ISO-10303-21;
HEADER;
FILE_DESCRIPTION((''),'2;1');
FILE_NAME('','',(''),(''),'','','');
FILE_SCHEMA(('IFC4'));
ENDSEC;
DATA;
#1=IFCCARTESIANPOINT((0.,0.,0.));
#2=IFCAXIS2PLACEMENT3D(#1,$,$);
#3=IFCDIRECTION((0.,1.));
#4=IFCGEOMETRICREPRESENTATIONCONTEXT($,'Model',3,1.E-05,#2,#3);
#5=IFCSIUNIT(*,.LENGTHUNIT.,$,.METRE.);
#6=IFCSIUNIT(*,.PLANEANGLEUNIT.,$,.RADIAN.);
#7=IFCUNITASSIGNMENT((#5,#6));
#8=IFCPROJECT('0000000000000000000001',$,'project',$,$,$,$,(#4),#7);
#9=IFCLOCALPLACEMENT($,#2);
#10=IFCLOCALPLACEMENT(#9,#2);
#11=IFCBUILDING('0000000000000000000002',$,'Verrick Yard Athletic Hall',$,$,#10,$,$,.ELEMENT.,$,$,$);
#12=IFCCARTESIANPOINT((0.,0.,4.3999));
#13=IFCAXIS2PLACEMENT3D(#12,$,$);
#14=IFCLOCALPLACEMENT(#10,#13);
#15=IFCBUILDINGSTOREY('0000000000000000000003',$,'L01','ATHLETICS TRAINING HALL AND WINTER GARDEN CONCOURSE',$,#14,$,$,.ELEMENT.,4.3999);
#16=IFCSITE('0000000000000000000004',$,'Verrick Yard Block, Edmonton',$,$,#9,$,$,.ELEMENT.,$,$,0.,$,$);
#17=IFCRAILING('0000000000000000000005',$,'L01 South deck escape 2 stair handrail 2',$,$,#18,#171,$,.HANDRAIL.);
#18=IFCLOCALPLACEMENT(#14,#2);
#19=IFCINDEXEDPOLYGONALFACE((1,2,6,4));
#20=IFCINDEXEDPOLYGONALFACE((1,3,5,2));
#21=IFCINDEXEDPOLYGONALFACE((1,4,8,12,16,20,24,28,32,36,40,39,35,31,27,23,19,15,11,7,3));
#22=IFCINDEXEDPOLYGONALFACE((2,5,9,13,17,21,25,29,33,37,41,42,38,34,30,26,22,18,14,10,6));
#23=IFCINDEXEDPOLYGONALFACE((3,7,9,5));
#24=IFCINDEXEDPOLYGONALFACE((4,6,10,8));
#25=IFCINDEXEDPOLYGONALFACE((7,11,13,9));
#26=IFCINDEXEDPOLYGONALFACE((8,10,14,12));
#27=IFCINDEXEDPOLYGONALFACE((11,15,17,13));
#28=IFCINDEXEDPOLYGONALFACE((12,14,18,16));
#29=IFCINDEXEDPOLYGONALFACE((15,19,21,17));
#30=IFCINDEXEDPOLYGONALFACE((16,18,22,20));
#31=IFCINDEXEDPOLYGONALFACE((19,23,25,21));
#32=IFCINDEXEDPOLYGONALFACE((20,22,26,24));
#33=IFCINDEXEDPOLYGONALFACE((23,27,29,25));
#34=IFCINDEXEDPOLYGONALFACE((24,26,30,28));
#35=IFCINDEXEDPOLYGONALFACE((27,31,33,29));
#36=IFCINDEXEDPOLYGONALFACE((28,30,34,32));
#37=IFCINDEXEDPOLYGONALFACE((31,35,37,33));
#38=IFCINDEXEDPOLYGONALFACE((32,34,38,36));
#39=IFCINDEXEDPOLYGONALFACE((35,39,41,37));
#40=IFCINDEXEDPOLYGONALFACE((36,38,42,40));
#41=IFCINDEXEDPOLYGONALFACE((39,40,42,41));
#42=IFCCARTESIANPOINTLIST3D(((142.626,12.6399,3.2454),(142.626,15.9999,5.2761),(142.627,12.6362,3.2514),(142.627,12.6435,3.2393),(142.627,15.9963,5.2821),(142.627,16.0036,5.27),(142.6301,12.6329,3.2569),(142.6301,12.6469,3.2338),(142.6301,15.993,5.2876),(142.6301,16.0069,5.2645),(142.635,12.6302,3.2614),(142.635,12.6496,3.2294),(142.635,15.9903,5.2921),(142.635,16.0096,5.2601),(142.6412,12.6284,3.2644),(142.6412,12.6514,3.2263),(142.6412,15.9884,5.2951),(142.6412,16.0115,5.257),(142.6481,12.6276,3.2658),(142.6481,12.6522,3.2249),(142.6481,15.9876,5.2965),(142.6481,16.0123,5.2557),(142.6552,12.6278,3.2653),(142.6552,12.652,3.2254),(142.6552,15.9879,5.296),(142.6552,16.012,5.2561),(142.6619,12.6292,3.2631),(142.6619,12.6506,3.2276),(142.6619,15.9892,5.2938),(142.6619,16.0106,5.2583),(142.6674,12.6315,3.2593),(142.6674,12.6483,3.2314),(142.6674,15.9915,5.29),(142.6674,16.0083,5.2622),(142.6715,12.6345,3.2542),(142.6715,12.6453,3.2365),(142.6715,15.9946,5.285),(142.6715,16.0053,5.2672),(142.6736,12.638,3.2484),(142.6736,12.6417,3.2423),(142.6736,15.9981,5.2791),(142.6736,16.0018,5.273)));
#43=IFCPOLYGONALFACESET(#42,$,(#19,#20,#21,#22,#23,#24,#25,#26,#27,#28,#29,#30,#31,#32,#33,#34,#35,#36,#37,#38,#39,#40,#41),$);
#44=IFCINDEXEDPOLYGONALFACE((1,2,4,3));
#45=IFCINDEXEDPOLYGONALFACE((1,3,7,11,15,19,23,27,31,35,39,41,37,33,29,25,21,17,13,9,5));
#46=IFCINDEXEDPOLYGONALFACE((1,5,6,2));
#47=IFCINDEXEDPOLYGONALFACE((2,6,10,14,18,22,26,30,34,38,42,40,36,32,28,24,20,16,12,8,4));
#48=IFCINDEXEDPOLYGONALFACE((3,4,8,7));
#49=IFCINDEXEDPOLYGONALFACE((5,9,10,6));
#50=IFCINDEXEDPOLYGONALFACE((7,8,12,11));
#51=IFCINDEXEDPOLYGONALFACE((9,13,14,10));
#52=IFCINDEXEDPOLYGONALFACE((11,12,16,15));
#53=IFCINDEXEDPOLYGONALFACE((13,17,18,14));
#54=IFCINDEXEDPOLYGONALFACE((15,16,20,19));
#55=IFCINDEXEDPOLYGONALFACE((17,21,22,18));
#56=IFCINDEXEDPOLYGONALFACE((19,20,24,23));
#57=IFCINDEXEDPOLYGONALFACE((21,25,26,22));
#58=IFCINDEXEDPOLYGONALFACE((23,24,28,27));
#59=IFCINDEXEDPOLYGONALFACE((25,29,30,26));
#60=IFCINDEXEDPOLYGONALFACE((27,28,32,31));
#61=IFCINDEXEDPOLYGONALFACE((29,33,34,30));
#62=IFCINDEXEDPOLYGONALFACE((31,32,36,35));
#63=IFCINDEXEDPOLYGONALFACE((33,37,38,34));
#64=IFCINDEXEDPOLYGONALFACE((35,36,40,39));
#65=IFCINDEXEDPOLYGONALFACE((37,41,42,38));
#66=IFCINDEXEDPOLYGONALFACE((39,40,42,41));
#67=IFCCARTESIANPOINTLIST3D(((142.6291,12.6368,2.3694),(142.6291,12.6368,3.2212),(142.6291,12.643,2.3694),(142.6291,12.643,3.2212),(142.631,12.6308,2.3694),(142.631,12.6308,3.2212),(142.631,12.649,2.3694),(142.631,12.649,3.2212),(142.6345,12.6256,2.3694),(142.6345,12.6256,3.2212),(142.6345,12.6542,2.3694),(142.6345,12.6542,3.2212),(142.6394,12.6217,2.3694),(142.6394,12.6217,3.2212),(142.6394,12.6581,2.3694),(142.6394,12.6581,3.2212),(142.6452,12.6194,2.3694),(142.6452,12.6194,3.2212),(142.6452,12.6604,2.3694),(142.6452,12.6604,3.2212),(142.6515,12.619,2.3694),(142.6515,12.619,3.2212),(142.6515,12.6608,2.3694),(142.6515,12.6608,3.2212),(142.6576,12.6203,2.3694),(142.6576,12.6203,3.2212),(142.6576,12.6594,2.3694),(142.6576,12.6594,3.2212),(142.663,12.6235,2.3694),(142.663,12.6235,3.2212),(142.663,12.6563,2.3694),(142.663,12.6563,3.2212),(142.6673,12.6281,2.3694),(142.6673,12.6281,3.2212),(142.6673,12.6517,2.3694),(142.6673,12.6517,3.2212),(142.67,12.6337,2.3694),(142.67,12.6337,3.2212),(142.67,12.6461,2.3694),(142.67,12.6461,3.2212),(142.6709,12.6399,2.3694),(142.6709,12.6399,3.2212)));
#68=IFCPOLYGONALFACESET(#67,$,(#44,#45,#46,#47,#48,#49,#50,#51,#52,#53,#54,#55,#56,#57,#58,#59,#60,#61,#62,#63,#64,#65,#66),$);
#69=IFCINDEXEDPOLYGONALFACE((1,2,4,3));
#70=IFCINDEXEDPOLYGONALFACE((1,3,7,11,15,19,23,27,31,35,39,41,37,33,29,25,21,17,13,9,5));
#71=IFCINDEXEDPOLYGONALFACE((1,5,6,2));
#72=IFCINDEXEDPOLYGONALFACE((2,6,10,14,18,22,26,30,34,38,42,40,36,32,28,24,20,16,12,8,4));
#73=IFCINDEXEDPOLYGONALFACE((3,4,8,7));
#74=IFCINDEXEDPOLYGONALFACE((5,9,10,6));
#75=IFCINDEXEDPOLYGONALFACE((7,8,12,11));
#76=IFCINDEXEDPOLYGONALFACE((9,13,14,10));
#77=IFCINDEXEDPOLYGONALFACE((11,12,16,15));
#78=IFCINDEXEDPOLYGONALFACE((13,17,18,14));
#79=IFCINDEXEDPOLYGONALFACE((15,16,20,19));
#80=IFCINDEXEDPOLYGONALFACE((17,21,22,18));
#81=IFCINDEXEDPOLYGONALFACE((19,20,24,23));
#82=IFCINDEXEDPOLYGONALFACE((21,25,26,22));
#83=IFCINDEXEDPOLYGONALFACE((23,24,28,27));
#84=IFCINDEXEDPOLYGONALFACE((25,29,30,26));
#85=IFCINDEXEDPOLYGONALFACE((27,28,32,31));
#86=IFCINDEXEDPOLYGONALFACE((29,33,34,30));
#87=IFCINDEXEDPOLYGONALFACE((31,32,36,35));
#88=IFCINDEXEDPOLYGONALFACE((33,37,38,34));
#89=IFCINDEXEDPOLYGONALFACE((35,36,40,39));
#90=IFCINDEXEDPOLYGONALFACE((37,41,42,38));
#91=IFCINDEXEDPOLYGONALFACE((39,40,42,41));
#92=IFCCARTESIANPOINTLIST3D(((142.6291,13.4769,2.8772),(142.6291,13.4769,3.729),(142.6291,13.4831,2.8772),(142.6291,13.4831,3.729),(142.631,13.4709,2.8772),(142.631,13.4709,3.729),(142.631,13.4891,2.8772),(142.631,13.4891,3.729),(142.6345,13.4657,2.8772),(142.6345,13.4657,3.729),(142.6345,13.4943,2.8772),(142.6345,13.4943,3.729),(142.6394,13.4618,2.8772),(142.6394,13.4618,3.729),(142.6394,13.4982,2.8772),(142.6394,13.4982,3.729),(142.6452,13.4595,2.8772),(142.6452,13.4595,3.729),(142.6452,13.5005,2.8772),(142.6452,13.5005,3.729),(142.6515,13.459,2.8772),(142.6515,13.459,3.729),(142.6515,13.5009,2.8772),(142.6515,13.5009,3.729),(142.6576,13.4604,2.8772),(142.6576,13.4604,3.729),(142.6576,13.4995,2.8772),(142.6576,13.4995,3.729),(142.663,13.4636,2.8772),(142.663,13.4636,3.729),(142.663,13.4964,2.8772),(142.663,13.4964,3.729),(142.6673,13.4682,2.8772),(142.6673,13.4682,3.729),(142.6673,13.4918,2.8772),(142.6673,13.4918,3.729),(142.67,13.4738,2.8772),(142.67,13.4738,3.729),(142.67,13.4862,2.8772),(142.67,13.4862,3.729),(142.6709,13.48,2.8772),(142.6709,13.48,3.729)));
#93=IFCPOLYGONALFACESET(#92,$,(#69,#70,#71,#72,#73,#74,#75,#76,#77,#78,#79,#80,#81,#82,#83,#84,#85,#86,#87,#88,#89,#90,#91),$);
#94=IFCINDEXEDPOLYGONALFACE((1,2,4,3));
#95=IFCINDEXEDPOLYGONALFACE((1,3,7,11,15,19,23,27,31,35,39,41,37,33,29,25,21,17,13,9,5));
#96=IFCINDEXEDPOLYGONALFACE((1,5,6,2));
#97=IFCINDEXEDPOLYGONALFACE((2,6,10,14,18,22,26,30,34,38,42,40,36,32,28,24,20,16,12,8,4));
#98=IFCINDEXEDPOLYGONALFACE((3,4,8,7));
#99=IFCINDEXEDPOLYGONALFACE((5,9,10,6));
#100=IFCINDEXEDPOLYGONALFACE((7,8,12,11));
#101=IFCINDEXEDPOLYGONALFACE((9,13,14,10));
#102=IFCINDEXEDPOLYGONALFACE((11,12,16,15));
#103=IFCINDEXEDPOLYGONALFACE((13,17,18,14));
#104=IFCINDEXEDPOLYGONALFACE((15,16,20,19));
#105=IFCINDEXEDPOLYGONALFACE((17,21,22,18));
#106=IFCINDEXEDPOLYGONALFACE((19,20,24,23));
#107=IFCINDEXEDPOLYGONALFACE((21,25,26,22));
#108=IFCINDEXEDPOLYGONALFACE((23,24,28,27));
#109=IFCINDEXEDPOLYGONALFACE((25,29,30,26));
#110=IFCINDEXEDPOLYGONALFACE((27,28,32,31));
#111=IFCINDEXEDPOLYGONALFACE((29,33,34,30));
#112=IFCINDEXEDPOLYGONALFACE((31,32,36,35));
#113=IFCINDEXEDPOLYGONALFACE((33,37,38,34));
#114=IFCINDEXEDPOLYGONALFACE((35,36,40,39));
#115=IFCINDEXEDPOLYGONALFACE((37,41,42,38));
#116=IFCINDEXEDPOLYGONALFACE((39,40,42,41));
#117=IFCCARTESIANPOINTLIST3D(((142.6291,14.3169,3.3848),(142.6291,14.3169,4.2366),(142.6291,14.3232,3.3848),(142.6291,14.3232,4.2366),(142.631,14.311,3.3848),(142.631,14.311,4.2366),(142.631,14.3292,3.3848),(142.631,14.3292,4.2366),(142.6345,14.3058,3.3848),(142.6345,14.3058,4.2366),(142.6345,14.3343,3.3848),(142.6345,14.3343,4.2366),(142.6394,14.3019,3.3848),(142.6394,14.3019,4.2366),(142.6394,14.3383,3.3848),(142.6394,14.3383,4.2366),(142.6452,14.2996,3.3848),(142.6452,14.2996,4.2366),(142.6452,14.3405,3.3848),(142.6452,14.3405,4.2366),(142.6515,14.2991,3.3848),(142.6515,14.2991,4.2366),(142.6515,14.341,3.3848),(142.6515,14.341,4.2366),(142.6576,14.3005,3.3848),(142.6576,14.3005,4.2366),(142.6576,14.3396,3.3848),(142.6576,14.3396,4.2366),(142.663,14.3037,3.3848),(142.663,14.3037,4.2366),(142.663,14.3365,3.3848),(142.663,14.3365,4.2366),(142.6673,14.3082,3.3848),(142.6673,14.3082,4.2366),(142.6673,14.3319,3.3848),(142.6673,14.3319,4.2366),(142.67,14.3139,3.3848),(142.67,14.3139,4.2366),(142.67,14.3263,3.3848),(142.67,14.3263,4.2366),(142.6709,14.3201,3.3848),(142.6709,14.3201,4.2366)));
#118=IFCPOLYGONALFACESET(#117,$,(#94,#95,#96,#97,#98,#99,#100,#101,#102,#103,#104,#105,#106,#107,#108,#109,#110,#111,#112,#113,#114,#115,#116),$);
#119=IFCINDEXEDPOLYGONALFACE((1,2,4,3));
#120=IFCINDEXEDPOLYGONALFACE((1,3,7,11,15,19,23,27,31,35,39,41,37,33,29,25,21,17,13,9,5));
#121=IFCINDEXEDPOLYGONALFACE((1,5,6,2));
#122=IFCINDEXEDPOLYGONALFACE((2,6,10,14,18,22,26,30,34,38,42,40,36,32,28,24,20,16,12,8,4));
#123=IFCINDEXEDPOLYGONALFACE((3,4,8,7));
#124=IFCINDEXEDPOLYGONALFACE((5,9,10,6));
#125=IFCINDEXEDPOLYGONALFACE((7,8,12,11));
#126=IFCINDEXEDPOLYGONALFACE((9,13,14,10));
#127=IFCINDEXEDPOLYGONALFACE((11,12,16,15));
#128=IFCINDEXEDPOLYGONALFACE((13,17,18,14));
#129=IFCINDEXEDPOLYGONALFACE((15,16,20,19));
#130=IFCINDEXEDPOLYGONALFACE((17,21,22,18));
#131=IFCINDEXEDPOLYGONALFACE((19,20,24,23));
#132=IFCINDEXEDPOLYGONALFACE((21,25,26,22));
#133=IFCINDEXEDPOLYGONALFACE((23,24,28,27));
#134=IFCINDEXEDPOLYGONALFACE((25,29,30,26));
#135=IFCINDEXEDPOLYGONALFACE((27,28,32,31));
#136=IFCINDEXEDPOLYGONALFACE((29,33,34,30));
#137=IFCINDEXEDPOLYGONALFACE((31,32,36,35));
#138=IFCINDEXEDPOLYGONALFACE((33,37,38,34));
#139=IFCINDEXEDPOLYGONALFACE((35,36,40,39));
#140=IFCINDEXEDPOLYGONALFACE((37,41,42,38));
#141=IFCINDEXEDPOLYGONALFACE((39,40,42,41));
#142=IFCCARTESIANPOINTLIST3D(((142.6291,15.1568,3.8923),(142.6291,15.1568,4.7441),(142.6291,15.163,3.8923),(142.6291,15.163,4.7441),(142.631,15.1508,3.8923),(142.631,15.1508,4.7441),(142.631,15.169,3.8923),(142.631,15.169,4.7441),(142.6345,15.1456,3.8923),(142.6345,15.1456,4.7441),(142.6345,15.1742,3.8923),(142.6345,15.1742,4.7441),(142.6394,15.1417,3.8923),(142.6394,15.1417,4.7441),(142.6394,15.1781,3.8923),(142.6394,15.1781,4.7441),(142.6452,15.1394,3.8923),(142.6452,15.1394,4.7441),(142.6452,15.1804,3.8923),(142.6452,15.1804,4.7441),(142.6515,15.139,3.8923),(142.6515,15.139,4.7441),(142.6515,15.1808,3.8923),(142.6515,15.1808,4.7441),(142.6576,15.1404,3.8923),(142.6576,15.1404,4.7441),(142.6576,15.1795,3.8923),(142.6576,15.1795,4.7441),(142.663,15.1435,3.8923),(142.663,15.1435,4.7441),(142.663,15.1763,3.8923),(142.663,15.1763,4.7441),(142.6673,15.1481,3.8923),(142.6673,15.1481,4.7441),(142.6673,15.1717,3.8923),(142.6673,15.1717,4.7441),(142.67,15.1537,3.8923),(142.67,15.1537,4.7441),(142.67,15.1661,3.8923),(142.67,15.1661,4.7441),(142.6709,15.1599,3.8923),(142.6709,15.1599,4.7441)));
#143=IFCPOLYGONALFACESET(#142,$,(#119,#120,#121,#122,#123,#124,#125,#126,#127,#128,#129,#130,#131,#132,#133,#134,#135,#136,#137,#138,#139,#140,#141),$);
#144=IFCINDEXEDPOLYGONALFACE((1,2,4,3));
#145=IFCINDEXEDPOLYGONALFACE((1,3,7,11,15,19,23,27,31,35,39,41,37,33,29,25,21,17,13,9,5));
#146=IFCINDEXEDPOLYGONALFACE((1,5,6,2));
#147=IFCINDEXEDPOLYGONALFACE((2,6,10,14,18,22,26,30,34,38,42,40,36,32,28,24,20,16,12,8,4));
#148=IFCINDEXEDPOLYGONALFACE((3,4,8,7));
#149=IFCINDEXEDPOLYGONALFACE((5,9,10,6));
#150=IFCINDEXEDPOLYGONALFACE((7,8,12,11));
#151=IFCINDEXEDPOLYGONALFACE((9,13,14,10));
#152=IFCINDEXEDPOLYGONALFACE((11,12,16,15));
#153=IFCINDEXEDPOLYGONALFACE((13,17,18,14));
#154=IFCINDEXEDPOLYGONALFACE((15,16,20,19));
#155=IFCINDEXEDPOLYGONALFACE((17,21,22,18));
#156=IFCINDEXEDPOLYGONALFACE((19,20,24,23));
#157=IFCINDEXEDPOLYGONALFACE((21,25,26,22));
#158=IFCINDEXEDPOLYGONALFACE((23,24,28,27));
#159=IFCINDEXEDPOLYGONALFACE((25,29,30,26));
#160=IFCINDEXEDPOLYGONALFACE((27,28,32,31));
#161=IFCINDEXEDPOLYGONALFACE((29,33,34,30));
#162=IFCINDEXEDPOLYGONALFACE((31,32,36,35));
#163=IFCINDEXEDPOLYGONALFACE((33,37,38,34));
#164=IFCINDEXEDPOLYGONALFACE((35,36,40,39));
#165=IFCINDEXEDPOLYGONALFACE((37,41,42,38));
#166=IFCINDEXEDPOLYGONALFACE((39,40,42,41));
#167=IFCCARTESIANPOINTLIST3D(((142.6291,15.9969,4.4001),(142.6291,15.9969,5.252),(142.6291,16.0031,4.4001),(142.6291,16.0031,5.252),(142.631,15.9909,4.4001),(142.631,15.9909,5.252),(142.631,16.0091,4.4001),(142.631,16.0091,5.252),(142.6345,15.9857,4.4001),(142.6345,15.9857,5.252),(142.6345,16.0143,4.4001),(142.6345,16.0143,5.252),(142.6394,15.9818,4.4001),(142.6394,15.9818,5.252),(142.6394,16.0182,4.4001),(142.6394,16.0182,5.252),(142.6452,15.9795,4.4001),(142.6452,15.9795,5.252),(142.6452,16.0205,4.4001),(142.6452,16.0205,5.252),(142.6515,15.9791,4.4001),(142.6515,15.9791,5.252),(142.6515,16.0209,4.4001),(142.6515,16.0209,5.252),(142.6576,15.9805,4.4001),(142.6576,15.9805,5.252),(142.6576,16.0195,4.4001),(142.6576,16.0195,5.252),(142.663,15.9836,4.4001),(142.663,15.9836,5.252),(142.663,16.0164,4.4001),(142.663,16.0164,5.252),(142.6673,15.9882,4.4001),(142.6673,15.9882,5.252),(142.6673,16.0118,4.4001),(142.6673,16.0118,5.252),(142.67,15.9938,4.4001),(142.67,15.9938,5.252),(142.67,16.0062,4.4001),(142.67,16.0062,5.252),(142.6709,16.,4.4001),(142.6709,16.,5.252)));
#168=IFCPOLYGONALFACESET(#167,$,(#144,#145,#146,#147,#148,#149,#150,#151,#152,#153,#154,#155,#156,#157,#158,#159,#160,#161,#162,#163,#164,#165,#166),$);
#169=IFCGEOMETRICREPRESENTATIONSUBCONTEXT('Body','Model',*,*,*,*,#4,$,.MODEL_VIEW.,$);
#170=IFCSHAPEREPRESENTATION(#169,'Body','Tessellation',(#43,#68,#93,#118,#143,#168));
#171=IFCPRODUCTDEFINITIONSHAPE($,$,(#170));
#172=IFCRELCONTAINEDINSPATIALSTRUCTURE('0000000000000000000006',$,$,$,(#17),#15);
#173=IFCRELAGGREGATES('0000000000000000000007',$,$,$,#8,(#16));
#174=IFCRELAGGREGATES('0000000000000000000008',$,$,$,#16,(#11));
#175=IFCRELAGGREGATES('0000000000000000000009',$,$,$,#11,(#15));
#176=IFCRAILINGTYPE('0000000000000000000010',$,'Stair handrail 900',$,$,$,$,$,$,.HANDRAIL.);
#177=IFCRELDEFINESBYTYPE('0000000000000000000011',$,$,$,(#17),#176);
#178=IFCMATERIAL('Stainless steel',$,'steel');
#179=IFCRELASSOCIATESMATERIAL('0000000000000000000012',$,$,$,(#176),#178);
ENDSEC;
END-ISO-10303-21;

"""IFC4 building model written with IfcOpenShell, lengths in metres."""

from ifc_helpers import new_model, si_unit, direction, frame, origin, origin_2d, place, context, subcontext, project, spatial, circle, extrude, material, type_object, element, save


model = new_model("IFC4")

# Units and contexts
model_context = context("Model", 3, precision=1e-05, world=origin(), true_north=direction((0.0, 1.0)))
body_context = subcontext(model_context, "Body", "Model", "MODEL_VIEW")
ifc_project = project(units=[si_unit("LENGTHUNIT", "METRE"), si_unit("PLANEANGLEUNIT", "RADIAN")], contexts=[model_context])

# Site, building, storey
site_placement = place(None, origin())
site = spatial("IfcSite", under=ifc_project, at=site_placement, Name="Verrick Yard Block, Edmonton", CompositionType="ELEMENT", RefElevation=0.0)
building_placement = place(site_placement, origin())
building = spatial("IfcBuilding", under=site, at=building_placement, Name="Verrick Yard Athletic Hall", CompositionType="ELEMENT")
storey_placement = place(building_placement, frame((0.0, 0.0, 4.3999)))
storey = spatial("IfcBuildingStorey", under=building, at=storey_placement, Name="L01", Description="ATHLETICS TRAINING HALL AND WINTER GARDEN CONCOURSE", CompositionType="ELEMENT", Elevation=4.3999)

# Railing
ifc_material_1 = material(Name="Stainless steel", Category="steel")
railing_type_1 = type_object("IfcRailingType", Name="Stair handrail 900", PredefinedType="HANDRAIL", material=ifc_material_1)
railing_1_placement = place(storey_placement, frame((142.6499, 12.6399, 2.3694)))
element("IfcRailing", 1, at=railing_1_placement, inside=storey, type_object=railing_type_1, Name="L01 South deck escape 2 stair handrail 2", PredefinedType="HANDRAIL", context=body_context, shape_type="SweptSolid", body=[
    extrude(circle(Radius=0.0239, at=origin_2d()), frame((0.0, 0.0, 0.876), z_axis=(0.0, 0.855837, 0.517246), x_axis=(-1.0, 0.0, 0.0)), (0.0, 0.0, 1.0), 3.926),
    extrude(circle(Radius=0.021, at=origin_2d()), origin(), (0.0, 0.0, 1.0), 0.8518),
    extrude(circle(Radius=0.021, at=origin_2d()), frame((0.0, 0.8401, 0.5078)), (0.0, 0.0, 1.0), 0.8518),
    extrude(circle(Radius=0.021, at=origin_2d()), frame((0.0, 1.6802, 1.0154)), (0.0, 0.0, 1.0), 0.8518),
    extrude(circle(Radius=0.021, at=origin_2d()), frame((0.0, 2.52, 1.5229)), (0.0, 0.0, 1.0), 0.8518),
    extrude(circle(Radius=0.021, at=origin_2d()), frame((0.0, 3.3601, 2.0308)), (0.0, 0.0, 1.0), 0.8518),
])

save(model, "model.ifc")
